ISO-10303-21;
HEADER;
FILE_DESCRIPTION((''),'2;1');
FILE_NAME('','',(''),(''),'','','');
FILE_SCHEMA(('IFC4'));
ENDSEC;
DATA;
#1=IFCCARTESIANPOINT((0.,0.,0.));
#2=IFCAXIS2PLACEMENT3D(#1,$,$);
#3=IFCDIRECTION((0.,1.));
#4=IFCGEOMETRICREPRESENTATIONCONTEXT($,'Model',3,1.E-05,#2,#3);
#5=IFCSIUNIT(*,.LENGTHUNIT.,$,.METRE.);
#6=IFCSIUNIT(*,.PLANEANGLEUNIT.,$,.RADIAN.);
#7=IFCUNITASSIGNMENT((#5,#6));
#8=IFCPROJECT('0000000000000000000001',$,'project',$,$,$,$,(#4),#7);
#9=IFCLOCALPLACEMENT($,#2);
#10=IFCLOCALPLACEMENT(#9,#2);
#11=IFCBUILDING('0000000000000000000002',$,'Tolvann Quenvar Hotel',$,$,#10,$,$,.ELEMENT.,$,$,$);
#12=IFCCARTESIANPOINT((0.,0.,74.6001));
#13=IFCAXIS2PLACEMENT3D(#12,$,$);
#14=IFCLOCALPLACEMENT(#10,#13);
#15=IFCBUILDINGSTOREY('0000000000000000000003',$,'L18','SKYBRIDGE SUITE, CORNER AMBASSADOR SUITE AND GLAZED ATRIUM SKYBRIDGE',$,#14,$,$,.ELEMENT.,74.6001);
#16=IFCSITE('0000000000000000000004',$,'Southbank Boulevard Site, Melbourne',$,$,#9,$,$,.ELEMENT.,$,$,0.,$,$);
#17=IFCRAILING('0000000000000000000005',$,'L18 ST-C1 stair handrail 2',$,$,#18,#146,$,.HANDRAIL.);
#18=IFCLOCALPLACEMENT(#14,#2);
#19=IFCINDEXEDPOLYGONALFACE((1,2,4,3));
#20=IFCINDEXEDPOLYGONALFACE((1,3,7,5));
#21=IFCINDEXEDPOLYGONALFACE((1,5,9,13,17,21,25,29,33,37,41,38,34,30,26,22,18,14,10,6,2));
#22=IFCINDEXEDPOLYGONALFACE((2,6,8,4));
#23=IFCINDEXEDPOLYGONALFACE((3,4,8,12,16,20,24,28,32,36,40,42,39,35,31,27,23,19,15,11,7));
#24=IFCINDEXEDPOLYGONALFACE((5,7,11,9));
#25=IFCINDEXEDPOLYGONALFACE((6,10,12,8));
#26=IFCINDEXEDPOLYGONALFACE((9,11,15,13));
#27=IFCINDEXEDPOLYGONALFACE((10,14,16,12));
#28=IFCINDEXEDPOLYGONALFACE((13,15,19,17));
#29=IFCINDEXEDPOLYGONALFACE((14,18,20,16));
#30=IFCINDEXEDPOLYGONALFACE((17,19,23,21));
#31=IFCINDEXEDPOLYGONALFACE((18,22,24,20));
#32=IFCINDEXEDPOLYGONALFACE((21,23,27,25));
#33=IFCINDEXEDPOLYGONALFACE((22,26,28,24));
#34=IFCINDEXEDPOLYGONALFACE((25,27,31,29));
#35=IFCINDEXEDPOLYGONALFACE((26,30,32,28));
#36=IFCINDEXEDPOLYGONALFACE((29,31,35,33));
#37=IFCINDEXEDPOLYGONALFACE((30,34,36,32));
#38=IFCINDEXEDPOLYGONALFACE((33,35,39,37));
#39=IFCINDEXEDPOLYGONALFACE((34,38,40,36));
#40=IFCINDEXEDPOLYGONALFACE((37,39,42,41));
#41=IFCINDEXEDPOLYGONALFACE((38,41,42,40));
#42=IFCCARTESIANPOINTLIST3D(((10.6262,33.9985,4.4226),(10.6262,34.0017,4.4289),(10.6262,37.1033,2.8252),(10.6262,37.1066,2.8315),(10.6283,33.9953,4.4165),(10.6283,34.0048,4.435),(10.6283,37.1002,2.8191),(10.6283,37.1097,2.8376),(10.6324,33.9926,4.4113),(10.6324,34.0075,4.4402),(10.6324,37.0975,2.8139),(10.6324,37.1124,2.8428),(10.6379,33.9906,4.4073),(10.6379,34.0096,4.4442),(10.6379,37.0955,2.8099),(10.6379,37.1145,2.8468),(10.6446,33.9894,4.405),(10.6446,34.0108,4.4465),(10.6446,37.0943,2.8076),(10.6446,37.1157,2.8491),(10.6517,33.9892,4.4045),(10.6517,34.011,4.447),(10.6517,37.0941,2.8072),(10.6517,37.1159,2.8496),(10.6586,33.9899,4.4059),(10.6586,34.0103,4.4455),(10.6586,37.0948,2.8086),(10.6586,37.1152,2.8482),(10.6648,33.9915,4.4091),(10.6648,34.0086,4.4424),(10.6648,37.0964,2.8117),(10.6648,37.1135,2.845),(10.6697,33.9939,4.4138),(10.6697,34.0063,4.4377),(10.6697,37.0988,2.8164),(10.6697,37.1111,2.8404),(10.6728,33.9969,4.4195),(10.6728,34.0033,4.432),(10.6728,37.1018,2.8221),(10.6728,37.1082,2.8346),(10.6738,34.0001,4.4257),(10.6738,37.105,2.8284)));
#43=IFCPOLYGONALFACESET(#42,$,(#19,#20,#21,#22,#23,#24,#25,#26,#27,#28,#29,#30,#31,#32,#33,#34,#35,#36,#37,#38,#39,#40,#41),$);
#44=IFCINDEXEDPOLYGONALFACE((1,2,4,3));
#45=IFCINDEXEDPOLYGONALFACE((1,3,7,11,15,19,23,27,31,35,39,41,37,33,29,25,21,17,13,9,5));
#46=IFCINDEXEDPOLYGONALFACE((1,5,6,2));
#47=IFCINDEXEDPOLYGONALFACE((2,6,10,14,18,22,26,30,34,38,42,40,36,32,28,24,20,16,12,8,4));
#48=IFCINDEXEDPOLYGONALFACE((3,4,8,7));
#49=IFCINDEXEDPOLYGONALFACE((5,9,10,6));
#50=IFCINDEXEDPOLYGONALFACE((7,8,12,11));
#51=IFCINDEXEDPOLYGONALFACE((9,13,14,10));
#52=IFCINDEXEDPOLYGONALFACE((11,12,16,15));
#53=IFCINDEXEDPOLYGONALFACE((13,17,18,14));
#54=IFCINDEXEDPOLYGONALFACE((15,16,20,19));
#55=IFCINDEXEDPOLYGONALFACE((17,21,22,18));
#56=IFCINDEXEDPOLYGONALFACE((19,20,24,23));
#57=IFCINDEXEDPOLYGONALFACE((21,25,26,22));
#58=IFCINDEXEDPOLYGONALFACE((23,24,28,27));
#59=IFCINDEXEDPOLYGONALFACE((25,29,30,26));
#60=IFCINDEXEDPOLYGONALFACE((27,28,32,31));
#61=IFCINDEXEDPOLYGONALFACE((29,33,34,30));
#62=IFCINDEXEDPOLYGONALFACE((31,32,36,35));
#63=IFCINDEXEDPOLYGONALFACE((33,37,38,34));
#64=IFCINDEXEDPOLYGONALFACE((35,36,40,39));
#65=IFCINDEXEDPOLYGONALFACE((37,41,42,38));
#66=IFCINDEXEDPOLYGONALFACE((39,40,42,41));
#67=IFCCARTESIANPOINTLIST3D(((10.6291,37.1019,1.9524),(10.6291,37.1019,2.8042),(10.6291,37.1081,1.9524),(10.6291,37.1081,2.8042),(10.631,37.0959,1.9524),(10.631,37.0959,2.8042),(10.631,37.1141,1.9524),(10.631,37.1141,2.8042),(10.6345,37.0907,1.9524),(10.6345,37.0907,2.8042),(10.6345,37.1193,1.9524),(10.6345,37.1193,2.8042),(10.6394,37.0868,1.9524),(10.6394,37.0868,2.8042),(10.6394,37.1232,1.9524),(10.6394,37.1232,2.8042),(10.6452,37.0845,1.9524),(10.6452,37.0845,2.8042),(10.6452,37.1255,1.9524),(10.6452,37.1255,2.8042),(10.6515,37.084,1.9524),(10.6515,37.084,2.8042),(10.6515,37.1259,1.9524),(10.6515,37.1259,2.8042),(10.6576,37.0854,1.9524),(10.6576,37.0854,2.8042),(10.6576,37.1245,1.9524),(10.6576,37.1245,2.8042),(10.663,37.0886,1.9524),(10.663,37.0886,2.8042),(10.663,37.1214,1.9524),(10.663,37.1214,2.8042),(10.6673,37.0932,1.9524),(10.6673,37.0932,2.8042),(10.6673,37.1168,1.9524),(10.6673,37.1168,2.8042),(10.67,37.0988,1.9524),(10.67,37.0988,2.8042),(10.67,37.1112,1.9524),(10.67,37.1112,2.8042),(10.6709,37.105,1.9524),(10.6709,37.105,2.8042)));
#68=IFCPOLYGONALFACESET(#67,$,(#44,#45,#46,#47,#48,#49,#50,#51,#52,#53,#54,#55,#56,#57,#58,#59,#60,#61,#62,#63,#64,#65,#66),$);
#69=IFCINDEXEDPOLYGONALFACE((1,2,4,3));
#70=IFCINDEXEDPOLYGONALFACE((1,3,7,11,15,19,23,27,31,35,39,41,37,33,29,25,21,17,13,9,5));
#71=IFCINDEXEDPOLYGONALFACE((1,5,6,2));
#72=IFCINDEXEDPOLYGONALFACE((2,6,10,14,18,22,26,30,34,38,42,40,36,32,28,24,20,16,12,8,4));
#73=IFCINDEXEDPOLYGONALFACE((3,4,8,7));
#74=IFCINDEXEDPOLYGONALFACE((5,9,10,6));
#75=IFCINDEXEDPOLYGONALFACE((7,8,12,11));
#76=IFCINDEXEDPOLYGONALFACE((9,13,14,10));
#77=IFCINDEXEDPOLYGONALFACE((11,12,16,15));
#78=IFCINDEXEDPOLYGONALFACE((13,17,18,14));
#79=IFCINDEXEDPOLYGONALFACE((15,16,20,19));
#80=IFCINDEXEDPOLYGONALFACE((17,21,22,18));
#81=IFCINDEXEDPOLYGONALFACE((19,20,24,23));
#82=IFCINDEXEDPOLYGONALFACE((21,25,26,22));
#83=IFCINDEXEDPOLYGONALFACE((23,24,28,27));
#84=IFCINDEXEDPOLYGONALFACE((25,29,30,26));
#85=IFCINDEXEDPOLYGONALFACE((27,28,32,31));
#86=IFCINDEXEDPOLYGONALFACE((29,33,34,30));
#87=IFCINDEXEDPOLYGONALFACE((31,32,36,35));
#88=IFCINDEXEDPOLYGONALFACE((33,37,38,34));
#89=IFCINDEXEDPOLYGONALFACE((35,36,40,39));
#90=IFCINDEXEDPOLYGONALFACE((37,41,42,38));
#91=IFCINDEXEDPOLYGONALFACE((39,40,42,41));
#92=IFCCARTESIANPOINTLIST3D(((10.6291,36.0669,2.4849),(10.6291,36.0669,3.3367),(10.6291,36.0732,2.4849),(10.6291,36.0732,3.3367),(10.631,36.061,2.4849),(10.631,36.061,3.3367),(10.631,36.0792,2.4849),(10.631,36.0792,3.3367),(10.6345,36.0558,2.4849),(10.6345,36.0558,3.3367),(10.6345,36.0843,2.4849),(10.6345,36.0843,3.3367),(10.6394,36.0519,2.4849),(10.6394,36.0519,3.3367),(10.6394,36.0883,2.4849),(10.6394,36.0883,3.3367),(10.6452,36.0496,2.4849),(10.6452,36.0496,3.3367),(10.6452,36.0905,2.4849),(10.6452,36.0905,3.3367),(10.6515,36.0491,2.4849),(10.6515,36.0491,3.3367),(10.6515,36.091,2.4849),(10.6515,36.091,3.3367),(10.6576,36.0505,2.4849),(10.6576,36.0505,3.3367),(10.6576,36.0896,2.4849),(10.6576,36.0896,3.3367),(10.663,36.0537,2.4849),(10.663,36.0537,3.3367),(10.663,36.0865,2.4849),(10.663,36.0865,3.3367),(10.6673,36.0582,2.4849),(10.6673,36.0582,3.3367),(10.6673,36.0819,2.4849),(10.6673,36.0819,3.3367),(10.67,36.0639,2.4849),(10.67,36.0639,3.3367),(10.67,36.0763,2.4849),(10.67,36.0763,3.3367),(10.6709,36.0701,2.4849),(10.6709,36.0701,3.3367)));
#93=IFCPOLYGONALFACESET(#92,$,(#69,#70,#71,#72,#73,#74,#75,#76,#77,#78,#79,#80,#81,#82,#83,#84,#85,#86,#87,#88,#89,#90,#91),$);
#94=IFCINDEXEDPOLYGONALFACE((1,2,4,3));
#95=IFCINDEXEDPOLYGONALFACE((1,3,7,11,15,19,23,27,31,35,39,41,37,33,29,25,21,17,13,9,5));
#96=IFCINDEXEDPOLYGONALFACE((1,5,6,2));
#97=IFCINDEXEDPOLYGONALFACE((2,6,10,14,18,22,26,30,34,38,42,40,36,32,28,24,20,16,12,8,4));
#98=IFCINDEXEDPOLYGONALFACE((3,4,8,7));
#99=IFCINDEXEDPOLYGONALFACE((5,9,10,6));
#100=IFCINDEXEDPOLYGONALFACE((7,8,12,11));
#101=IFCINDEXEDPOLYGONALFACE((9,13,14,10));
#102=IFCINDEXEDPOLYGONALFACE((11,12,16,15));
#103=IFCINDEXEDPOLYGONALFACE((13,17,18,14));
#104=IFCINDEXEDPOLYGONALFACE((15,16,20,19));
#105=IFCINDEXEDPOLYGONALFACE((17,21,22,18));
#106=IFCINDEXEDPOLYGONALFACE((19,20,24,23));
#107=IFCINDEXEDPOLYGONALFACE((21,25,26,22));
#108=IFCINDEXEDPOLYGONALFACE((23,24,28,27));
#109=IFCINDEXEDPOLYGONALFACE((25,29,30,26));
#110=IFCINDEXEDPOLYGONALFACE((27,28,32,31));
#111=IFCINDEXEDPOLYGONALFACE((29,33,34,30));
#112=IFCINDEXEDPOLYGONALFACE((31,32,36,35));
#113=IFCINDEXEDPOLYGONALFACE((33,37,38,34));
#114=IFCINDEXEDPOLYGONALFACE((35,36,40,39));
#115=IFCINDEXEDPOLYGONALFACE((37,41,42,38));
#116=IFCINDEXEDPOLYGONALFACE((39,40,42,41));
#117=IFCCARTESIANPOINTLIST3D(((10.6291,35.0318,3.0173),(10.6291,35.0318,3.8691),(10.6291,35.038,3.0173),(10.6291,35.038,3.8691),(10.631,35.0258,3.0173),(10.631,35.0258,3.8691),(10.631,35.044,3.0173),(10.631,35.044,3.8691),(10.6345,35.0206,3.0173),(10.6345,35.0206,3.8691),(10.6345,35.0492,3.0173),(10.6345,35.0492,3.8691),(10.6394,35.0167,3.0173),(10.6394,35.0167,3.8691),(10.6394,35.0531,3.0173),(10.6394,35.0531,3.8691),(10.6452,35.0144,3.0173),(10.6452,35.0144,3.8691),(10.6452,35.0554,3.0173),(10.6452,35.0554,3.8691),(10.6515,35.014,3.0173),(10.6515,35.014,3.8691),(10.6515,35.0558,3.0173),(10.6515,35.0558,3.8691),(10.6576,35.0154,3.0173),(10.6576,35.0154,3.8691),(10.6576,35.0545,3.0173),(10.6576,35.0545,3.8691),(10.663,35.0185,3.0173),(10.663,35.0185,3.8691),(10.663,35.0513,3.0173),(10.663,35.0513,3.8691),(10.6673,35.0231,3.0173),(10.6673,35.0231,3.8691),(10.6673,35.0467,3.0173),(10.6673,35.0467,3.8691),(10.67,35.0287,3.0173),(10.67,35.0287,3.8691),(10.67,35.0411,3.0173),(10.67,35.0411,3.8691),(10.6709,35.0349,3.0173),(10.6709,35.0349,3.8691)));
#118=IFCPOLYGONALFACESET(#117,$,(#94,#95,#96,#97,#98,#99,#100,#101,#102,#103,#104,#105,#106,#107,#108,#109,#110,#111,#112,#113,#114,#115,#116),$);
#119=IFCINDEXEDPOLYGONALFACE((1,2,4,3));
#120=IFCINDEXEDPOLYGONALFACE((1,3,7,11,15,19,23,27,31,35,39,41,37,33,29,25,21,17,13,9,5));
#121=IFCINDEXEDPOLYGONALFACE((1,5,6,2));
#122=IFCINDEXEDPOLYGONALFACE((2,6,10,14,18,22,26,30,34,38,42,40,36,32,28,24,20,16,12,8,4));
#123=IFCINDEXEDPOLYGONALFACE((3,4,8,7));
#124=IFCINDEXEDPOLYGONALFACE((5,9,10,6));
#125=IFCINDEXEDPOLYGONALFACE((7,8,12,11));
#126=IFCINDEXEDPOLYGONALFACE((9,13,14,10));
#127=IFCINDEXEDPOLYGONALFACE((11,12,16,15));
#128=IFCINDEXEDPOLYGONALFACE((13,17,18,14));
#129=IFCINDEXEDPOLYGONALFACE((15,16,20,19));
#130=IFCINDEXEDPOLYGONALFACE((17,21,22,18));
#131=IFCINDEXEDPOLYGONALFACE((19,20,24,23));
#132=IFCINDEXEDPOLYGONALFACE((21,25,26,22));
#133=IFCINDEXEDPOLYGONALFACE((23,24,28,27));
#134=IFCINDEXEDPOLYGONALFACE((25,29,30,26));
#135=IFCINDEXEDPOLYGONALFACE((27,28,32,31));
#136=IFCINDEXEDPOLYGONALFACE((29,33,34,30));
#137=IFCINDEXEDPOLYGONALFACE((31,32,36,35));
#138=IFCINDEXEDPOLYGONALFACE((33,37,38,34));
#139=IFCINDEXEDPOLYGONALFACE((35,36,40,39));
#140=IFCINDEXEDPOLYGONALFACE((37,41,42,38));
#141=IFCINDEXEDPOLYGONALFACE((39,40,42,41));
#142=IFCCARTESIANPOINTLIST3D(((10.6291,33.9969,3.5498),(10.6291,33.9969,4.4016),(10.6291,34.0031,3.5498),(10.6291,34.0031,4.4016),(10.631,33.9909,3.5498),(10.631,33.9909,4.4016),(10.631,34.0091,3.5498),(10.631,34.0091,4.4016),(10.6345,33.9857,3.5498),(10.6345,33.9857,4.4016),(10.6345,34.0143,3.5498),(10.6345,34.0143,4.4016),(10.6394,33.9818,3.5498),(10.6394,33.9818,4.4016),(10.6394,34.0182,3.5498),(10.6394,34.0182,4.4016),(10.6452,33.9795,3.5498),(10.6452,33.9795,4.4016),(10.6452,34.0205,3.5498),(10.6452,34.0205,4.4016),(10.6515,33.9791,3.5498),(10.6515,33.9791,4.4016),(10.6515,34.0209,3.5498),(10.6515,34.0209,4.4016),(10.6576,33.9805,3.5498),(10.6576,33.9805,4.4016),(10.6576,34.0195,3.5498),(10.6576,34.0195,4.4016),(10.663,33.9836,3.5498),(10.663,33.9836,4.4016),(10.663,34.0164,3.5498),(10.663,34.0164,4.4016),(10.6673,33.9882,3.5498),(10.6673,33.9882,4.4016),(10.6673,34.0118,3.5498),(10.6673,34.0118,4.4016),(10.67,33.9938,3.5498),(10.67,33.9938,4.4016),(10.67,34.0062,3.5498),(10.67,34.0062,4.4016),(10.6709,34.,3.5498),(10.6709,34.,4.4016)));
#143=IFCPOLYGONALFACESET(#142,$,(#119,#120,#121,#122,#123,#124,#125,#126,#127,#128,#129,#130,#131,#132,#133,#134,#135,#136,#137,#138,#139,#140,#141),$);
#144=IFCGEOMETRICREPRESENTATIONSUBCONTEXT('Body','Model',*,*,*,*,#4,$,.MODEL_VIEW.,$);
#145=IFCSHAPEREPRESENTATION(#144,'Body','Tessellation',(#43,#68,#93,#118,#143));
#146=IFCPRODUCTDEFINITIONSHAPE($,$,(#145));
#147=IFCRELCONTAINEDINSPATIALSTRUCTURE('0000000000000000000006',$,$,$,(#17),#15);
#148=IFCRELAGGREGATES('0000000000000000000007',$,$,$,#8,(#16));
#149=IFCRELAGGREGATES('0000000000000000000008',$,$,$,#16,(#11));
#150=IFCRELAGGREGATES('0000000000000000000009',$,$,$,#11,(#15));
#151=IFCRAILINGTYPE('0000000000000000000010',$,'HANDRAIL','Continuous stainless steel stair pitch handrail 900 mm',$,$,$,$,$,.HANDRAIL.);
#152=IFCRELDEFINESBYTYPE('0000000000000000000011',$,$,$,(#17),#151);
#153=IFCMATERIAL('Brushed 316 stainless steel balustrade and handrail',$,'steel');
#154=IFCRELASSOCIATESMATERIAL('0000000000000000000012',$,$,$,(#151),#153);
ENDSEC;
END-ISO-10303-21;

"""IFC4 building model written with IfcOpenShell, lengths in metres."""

from ifc_helpers import new_model, si_unit, direction, frame, origin, origin_2d, place, context, subcontext, project, spatial, circle, extrude, material, type_object, element, save


model = new_model("IFC4")

# Units and contexts
model_context = context("Model", 3, precision=1e-05, world=origin(), true_north=direction((0.0, 1.0)))
body_context = subcontext(model_context, "Body", "Model", "MODEL_VIEW")
ifc_project = project(units=[si_unit("LENGTHUNIT", "METRE"), si_unit("PLANEANGLEUNIT", "RADIAN")], contexts=[model_context])

# Site, building, storey
site_placement = place(None, origin())
site = spatial("IfcSite", under=ifc_project, at=site_placement, Name="Southbank Boulevard Site, Melbourne", CompositionType="ELEMENT", RefElevation=0.0)
building_placement = place(site_placement, origin())
building = spatial("IfcBuilding", under=site, at=building_placement, Name="Tolvann Quenvar Hotel", CompositionType="ELEMENT")
storey_placement = place(building_placement, frame((0.0, 0.0, 74.6001)))
storey = spatial("IfcBuildingStorey", under=building, at=storey_placement, Name="L18", Description="SKYBRIDGE SUITE, CORNER AMBASSADOR SUITE AND GLAZED ATRIUM SKYBRIDGE", CompositionType="ELEMENT", Elevation=74.6001)

# Railing
ifc_material_1 = material(Name="Brushed 316 stainless steel balustrade and handrail", Category="steel")
railing_type_1 = type_object("IfcRailingType", Name="HANDRAIL", Description="Continuous stainless steel stair pitch handrail 900 mm", PredefinedType="HANDRAIL", material=ifc_material_1)
railing_1_placement = place(storey_placement, frame((10.6499, 37.105, 1.9524)))
element("IfcRailing", 1, at=railing_1_placement, inside=storey, type_object=railing_type_1, Name="L18 ST-C1 stair handrail 2", PredefinedType="HANDRAIL", context=body_context, shape_type="SweptSolid", body=[
    extrude(circle(Radius=0.0239, at=origin_2d()), frame((0.0, 0.0, 0.876), z_axis=(0.0, -0.889222, 0.457476), x_axis=(1.0, 0.0, 0.0)), (0.0, 0.0, 1.0), 3.4917),
    extrude(circle(Radius=0.021, at=origin_2d()), origin(), (0.0, 0.0, 1.0), 0.8518),
    extrude(circle(Radius=0.021, at=origin_2d()), frame((0.0, -1.0349, 0.5325)), (0.0, 0.0, 1.0), 0.8518),
    extrude(circle(Radius=0.021, at=origin_2d()), frame((0.0, -2.0701, 1.0649)), (0.0, 0.0, 1.0), 0.8518),
    extrude(circle(Radius=0.021, at=origin_2d()), frame((0.0, -3.105, 1.5974)), (0.0, 0.0, 1.0), 0.8518),
])

save(model, "model.ifc")
